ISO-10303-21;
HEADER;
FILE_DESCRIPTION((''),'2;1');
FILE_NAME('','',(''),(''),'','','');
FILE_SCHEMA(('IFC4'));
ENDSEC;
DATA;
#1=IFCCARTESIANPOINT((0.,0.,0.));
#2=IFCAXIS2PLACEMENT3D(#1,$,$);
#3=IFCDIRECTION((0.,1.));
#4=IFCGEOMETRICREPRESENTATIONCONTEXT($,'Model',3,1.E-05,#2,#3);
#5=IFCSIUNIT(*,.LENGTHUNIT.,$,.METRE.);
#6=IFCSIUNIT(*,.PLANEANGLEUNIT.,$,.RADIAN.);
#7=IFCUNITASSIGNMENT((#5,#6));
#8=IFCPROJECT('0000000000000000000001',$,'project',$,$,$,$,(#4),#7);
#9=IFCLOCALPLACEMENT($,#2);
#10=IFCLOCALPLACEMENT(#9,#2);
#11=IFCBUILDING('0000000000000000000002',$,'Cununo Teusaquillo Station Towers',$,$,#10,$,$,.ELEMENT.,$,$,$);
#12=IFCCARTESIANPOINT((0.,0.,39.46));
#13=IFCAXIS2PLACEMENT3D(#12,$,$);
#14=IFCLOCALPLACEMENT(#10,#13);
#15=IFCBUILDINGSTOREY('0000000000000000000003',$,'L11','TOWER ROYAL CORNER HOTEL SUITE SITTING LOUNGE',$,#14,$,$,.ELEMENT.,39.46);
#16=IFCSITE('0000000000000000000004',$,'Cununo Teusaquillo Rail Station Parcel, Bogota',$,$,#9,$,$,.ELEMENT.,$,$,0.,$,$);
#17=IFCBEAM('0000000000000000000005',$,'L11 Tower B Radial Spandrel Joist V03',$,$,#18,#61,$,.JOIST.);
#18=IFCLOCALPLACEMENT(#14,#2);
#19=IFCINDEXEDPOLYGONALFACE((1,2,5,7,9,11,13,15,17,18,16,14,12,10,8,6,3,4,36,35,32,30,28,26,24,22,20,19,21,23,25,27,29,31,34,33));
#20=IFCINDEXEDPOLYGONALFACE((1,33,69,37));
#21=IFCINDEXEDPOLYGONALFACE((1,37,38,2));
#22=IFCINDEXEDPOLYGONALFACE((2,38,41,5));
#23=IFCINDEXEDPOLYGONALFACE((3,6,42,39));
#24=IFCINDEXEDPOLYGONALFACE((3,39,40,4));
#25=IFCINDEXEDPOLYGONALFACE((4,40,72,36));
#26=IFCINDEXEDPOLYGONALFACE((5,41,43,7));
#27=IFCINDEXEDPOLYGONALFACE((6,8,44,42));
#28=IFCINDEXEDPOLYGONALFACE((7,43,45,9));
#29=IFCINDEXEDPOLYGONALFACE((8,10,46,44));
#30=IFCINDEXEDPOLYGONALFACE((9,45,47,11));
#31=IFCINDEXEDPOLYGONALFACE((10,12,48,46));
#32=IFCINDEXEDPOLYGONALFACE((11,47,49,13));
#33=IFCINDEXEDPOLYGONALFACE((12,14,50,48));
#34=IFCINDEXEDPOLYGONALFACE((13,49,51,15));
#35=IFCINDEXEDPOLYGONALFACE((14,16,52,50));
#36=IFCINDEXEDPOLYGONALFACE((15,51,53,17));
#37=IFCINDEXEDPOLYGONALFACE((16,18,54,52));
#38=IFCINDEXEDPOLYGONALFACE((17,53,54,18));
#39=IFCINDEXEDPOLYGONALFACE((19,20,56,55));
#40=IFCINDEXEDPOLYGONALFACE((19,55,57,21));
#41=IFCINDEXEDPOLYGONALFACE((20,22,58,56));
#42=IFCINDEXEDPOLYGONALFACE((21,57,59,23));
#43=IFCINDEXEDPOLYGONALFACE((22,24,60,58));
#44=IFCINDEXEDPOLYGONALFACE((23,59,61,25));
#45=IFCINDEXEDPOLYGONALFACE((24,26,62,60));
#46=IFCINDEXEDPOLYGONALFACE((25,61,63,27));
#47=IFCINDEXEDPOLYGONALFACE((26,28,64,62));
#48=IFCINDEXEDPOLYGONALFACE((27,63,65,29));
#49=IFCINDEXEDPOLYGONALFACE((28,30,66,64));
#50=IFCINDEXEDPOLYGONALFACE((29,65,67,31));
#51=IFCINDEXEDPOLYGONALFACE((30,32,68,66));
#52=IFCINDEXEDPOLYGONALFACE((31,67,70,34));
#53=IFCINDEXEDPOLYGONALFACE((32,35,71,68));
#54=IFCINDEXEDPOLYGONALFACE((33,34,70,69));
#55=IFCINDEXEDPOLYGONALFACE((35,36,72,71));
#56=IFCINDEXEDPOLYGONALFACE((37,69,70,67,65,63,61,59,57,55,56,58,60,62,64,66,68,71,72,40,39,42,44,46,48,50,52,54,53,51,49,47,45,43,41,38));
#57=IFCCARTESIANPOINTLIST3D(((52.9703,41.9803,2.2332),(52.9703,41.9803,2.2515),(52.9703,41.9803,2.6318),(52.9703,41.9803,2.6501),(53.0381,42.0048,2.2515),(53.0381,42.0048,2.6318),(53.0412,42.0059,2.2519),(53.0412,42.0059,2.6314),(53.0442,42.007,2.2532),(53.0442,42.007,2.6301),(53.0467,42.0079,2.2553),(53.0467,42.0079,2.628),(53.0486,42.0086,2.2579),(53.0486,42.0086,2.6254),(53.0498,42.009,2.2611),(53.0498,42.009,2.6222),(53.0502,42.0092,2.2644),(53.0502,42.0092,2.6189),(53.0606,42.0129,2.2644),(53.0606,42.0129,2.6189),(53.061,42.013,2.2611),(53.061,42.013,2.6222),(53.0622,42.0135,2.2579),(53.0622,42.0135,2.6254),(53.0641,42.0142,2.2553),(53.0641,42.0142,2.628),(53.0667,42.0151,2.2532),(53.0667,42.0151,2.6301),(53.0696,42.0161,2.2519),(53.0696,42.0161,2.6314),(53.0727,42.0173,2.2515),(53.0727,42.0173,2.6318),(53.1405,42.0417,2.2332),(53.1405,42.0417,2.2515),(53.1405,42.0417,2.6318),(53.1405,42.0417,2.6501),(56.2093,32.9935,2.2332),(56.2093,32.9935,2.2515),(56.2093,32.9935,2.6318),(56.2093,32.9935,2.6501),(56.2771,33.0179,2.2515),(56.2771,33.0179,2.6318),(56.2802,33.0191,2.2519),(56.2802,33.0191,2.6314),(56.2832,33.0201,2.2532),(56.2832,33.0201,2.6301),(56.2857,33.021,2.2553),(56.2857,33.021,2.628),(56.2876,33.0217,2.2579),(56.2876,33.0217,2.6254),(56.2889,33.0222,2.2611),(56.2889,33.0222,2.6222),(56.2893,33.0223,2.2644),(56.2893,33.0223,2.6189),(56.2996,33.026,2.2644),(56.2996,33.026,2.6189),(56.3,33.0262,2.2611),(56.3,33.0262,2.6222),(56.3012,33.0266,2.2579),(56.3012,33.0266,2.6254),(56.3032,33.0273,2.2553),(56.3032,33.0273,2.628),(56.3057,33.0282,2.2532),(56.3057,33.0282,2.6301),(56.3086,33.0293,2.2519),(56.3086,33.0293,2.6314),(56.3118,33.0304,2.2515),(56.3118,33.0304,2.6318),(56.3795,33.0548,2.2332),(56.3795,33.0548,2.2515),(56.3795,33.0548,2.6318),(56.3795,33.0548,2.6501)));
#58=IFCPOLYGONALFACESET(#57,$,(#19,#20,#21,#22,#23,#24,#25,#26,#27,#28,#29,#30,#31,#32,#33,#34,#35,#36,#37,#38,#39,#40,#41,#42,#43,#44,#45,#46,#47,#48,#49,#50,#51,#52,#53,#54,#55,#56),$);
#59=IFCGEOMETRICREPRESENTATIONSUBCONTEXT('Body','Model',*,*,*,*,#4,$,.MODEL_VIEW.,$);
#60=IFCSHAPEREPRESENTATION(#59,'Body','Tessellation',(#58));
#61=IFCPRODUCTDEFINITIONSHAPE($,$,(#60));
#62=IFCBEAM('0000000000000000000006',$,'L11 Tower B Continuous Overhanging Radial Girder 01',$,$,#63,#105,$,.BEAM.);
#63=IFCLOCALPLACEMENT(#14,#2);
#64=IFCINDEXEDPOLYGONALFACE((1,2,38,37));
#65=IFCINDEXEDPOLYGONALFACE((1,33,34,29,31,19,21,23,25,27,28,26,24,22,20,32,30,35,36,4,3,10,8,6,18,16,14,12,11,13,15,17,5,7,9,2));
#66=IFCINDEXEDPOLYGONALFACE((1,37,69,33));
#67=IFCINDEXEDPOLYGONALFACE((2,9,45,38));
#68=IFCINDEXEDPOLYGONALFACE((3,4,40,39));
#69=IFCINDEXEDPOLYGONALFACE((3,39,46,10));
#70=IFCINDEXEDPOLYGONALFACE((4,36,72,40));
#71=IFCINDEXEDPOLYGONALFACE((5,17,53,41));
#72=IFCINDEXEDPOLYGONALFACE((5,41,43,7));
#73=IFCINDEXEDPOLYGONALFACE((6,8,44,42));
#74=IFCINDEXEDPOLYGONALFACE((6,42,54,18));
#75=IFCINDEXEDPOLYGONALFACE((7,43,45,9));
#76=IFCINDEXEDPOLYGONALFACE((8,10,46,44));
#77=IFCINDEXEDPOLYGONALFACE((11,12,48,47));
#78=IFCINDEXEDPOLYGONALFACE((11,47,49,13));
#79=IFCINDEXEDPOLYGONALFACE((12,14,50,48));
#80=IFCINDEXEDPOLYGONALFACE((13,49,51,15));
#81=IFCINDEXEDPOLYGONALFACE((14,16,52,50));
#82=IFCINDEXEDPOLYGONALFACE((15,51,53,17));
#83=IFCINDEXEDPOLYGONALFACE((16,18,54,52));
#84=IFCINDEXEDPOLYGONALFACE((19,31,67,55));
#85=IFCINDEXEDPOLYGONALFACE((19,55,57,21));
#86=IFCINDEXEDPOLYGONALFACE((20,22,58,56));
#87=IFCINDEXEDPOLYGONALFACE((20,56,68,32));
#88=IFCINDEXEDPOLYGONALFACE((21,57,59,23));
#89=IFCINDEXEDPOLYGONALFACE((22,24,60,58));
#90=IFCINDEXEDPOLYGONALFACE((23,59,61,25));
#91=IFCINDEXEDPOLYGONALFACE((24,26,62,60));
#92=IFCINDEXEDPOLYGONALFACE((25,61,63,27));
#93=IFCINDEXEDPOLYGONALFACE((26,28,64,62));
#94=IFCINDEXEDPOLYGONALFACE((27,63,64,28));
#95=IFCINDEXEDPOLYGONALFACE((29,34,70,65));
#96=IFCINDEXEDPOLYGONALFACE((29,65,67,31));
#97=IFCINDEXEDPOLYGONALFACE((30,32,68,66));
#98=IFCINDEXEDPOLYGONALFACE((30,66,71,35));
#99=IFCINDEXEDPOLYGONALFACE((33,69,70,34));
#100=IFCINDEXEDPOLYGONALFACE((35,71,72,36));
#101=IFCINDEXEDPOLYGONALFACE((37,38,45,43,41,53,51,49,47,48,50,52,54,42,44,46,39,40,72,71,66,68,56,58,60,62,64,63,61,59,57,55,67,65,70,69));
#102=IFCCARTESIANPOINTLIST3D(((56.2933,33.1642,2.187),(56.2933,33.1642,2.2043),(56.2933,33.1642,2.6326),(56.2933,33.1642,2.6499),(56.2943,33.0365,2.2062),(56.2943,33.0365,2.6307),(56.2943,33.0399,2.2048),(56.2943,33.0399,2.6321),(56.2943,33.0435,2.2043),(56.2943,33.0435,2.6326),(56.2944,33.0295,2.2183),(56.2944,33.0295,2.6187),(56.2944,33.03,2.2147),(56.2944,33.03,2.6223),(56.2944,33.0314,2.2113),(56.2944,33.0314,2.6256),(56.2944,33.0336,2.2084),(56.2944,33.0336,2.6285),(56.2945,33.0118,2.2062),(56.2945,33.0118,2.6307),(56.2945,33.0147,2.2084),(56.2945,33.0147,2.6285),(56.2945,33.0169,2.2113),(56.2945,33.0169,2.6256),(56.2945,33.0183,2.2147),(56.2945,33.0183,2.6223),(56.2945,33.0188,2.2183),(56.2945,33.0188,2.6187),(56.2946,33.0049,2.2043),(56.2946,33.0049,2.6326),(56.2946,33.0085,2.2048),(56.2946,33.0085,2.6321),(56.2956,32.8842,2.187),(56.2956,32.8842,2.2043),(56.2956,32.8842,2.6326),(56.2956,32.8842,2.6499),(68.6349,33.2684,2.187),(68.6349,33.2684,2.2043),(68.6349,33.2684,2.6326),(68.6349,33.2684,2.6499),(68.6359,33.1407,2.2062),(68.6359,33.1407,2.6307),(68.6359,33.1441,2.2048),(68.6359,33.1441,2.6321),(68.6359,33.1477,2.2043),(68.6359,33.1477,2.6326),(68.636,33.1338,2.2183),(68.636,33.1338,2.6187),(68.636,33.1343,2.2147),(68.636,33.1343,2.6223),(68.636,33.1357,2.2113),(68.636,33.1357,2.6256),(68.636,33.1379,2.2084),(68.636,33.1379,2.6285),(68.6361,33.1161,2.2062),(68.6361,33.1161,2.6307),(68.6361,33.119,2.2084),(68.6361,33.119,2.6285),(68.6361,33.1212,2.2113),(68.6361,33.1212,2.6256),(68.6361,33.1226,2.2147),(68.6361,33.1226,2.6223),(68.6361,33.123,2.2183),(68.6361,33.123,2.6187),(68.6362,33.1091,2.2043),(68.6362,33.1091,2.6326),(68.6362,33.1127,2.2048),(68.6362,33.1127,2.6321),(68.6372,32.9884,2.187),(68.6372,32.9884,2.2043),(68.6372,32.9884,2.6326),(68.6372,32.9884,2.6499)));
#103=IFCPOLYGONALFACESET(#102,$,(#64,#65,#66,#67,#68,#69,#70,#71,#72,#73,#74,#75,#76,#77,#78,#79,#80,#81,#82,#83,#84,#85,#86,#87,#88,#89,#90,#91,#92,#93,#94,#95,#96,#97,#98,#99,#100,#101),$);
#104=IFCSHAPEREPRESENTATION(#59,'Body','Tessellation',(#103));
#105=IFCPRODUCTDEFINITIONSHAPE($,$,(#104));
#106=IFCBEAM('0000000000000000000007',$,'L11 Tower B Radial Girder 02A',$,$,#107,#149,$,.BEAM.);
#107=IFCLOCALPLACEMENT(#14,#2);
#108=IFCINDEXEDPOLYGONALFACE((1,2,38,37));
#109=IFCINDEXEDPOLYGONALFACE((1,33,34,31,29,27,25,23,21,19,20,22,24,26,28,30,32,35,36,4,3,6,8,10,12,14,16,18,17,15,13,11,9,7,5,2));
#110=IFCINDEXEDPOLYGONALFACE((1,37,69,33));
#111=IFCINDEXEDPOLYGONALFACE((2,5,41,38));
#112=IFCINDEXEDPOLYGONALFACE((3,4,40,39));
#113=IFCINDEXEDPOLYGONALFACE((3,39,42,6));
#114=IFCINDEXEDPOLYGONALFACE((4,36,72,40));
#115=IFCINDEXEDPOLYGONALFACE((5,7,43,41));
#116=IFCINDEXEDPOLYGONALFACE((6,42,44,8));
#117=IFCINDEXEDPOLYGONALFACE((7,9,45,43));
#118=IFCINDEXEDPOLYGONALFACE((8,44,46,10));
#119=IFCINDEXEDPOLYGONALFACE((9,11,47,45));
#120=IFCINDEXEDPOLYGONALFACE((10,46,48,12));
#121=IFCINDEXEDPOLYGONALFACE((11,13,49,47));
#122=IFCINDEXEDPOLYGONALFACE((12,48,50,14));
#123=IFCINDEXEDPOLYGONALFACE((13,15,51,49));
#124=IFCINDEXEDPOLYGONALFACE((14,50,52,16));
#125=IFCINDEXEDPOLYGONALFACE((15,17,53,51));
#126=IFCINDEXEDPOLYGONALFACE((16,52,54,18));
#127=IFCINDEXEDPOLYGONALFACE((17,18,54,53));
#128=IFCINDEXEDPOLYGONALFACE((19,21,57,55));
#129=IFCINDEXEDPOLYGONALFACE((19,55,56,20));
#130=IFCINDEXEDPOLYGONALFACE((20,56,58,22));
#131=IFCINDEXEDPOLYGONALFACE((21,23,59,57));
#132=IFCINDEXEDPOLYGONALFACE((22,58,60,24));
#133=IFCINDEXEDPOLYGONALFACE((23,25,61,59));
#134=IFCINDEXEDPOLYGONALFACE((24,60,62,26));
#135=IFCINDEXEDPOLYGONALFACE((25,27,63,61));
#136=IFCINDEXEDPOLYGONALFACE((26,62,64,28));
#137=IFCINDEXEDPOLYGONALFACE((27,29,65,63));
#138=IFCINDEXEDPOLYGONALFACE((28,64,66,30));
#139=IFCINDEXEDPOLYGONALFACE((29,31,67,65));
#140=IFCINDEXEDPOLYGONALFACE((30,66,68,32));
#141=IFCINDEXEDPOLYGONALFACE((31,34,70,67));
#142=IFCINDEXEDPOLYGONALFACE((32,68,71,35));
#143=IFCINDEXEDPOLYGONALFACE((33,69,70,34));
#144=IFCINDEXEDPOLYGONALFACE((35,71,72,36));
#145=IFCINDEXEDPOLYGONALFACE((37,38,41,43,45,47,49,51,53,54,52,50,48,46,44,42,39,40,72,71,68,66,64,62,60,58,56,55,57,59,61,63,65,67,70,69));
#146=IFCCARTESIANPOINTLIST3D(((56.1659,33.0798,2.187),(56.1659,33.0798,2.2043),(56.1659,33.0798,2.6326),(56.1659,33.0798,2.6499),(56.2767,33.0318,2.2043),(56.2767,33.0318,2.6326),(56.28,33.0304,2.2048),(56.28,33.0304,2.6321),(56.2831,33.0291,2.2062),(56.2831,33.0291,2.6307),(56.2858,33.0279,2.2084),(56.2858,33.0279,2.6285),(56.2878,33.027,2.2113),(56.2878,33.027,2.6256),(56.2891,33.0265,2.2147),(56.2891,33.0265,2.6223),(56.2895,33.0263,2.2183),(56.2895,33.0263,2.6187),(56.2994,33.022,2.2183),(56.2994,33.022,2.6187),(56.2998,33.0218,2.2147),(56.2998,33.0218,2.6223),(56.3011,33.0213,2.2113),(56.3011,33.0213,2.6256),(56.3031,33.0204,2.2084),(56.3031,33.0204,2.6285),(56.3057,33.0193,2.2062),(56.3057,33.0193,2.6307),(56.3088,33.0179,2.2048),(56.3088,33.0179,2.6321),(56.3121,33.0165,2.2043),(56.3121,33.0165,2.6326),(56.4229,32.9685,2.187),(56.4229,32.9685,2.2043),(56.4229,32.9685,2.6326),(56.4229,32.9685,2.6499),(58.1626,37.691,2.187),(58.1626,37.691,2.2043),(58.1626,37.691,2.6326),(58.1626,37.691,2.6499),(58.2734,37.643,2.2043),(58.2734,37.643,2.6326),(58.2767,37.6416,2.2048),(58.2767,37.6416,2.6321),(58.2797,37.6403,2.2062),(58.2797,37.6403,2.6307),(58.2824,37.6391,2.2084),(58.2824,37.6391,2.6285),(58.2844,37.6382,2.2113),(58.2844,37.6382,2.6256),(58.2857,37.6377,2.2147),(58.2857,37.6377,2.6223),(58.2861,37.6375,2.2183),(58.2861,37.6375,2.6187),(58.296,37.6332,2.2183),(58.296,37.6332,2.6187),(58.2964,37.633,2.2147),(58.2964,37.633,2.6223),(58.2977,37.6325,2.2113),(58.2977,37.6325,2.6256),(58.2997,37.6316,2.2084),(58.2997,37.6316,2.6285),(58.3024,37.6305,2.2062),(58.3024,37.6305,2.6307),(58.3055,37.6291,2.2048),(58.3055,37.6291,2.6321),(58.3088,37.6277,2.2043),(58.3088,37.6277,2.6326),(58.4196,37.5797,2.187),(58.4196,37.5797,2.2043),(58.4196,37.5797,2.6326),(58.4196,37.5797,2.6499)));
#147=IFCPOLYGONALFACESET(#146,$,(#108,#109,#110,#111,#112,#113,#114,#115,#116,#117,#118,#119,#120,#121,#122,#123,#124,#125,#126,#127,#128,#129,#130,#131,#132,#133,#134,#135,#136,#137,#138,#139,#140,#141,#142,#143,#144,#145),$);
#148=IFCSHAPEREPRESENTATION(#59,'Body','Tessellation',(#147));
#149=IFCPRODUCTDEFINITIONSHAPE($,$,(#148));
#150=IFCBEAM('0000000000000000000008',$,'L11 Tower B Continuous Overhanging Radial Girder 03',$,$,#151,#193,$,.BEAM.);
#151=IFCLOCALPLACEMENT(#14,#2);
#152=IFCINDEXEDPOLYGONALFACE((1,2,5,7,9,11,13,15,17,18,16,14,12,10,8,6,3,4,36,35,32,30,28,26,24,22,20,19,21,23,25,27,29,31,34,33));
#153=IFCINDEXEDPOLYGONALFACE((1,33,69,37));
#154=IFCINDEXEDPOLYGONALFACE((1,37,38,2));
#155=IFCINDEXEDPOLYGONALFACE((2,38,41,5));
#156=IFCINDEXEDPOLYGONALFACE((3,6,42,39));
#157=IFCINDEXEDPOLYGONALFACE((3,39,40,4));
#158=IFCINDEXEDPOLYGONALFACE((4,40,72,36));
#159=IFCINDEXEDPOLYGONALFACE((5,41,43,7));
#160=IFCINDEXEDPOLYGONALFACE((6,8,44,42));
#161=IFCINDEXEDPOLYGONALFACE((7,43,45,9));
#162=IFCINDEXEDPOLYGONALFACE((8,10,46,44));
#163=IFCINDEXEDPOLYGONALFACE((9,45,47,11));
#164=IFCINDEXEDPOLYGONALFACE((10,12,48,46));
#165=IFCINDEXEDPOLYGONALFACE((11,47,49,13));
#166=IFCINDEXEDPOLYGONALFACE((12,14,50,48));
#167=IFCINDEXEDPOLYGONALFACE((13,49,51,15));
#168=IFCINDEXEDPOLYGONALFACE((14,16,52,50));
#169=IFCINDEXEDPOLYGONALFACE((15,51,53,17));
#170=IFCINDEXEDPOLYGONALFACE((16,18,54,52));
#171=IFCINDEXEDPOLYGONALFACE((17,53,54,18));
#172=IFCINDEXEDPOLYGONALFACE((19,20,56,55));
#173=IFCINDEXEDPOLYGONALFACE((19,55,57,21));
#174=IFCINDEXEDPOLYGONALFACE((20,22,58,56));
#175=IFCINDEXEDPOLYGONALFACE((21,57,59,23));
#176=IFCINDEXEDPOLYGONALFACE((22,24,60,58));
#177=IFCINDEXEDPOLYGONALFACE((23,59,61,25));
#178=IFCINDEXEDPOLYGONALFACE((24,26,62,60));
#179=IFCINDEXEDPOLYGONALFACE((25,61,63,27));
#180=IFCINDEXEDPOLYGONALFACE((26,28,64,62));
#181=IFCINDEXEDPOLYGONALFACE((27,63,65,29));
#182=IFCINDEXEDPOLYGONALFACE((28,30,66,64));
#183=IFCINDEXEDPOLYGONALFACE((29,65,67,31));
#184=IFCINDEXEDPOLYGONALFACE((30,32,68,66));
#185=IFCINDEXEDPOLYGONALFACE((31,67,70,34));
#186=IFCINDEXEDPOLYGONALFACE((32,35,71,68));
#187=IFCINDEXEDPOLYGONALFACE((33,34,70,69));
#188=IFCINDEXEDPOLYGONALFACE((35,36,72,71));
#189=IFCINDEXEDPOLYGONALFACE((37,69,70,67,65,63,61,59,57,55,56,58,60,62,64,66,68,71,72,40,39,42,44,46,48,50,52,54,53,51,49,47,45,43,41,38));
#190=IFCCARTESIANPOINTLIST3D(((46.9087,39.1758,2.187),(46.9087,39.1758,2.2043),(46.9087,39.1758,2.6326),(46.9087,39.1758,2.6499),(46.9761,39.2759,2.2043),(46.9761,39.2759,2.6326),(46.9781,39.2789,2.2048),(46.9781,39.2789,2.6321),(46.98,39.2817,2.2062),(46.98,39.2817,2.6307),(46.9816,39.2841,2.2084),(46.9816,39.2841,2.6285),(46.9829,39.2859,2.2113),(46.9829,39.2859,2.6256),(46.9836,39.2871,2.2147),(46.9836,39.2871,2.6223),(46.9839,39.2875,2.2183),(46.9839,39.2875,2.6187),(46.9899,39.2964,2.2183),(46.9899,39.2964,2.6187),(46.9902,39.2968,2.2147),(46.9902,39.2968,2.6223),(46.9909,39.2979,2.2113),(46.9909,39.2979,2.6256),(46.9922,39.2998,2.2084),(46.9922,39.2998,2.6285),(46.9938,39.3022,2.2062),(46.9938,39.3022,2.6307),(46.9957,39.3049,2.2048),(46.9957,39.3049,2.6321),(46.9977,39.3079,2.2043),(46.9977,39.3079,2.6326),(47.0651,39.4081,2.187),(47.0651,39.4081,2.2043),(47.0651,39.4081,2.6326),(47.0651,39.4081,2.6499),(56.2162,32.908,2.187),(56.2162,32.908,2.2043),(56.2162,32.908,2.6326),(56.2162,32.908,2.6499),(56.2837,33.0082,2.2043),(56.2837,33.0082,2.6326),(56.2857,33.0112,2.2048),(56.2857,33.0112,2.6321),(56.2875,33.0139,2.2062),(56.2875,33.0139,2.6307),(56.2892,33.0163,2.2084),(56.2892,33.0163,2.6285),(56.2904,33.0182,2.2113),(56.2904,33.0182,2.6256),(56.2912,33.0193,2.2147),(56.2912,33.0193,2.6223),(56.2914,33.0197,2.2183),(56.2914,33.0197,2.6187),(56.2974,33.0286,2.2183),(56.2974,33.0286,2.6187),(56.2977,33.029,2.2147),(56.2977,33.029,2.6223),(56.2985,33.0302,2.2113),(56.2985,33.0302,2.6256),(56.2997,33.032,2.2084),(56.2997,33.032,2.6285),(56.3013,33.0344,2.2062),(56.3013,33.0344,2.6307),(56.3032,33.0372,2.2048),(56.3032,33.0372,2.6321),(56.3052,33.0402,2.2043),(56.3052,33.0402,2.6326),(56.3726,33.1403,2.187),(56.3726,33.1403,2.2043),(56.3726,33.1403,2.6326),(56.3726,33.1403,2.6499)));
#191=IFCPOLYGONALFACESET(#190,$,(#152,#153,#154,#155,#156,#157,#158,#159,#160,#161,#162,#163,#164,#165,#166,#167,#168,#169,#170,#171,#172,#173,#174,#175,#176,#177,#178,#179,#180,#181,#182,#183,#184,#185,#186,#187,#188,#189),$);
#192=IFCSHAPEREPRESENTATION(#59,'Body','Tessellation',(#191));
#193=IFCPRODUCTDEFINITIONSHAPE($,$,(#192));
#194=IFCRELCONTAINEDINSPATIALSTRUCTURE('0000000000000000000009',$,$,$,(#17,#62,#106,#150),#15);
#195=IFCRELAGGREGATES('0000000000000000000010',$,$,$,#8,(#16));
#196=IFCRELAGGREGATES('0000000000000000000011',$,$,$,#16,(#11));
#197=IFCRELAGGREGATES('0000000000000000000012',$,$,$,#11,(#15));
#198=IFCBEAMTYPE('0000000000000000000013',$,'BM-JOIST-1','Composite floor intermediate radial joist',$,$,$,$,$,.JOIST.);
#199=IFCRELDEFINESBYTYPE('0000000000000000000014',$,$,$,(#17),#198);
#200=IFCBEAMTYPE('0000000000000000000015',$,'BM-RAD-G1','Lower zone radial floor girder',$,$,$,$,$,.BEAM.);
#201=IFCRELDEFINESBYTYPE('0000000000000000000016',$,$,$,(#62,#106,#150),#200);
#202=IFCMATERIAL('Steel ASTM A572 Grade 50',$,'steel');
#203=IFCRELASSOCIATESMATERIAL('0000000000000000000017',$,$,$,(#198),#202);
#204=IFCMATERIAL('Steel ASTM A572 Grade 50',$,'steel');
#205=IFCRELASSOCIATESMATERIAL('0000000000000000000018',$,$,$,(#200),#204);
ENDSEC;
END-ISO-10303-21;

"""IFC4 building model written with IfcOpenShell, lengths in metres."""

from ifc_helpers import new_model, si_unit, direction, frame, origin, origin_2d, place, context, subcontext, project, spatial, i_section, extrude, material, material_profile, profile_set, type_object, element, save


model = new_model("IFC4")

# Units and contexts
model_context = context("Model", 3, precision=1e-05, world=origin(), true_north=direction((0.0, 1.0)))
body_context = subcontext(model_context, "Body", "Model", "MODEL_VIEW")
ifc_project = project(units=[si_unit("LENGTHUNIT", "METRE"), si_unit("PLANEANGLEUNIT", "RADIAN")], contexts=[model_context])

# Site, building, storey
site_placement = place(None, origin())
site = spatial("IfcSite", under=ifc_project, at=site_placement, Name="Cununo Teusaquillo Rail Station Parcel, Bogota", CompositionType="ELEMENT", RefElevation=0.0)
building_placement = place(site_placement, origin())
building = spatial("IfcBuilding", under=site, at=building_placement, Name="Cununo Teusaquillo Station Towers", CompositionType="ELEMENT")
storey_placement = place(building_placement, frame((0.0, 0.0, 39.46)))
storey = spatial("IfcBuildingStorey", under=building, at=storey_placement, Name="L11", Description="TOWER ROYAL CORNER HOTEL SUITE SITTING LOUNGE", CompositionType="ELEMENT", Elevation=39.46)

# Beams
ifc_material_1 = material(Name="Steel ASTM A572 Grade 50", Category="steel")
ifc_material_profile_1 = material_profile(ifc_material_1, i_section(OverallWidth=0.1809, OverallDepth=0.417, WebThickness=0.011, FlangeThickness=0.0183, FilletRadius=0.0129, at=origin_2d()), Name="W16X57")
ifc_profile_set_1 = profile_set([ifc_material_profile_1], Name="Steel ASTM A572 Grade 50")
beam_type_1 = type_object("IfcBeamType", Name="BM-JOIST-1", Description="Composite floor intermediate radial joist", PredefinedType="JOIST", material=ifc_profile_set_1)
beam_1_placement = place(storey_placement, frame((56.2944, 33.0242, 2.4417), z_axis=(-0.339068, 0.940762, 0.0), x_axis=(-0.940762, -0.339068, 0.0)))
element("IfcBeam", 1, at=beam_1_placement, inside=storey, type_object=beam_type_1, Name="L11 Tower B Radial Spandrel Joist V03", PredefinedType="JOIST", context=body_context, shape_type="SweptSolid", body=[
    extrude(i_section(OverallWidth=0.1809, OverallDepth=0.417, WebThickness=0.011, FlangeThickness=0.0183, FilletRadius=0.0129, at=origin_2d()), origin(), (0.0, 0.0, 1.0), 9.5527),
])
ifc_material_2 = material(Name="Steel ASTM A572 Grade 50", Category="steel")
ifc_material_profile_2 = material_profile(ifc_material_2, i_section(OverallWidth=0.28, OverallDepth=0.4629, WebThickness=0.0107, FlangeThickness=0.0173, FilletRadius=0.0139, at=origin_2d()), Name="W18X76")
ifc_profile_set_2 = profile_set([ifc_material_profile_2], Name="Steel ASTM A572 Grade 50")
beam_type_2 = type_object("IfcBeamType", Name="BM-RAD-G1", Description="Lower zone radial floor girder", PredefinedType="BEAM", material=ifc_profile_set_2)
beam_2_placement = place(storey_placement, frame((56.2944, 33.0242, 2.4185), z_axis=(0.999964, 0.008447, 0.0), x_axis=(-0.008447, 0.999964, 0.0)))
element("IfcBeam", 2, at=beam_2_placement, inside=storey, type_object=beam_type_2, Name="L11 Tower B Continuous Overhanging Radial Girder 01", PredefinedType="BEAM", context=body_context, shape_type="SweptSolid", body=[
    extrude(i_section(OverallWidth=0.28, OverallDepth=0.4629, WebThickness=0.0107, FlangeThickness=0.0173, FilletRadius=0.0139, at=origin_2d()), origin(), (0.0, 0.0, 1.0), 12.342),
])
beam_3_placement = place(storey_placement, frame((56.2944, 33.0242, 2.4185), z_axis=(0.397347, 0.917668, 0.0), x_axis=(-0.917668, 0.397347, 0.0)))
element("IfcBeam", 3, at=beam_3_placement, inside=storey, type_object=beam_type_2, Name="L11 Tower B Radial Girder 02A", PredefinedType="BEAM", context=body_context, shape_type="SweptSolid", body=[
    extrude(i_section(OverallWidth=0.28, OverallDepth=0.4629, WebThickness=0.0107, FlangeThickness=0.0173, FilletRadius=0.0139, at=origin_2d()), origin(), (0.0, 0.0, 1.0), 5.0249),
])
beam_4_placement = place(storey_placement, frame((56.2944, 33.0242, 2.4185), z_axis=(-0.829461, 0.558565, 0.0), x_axis=(-0.558565, -0.829461, 0.0)))
element("IfcBeam", 4, at=beam_4_placement, inside=storey, type_object=beam_type_2, Name="L11 Tower B Continuous Overhanging Radial Girder 03", PredefinedType="BEAM", context=body_context, shape_type="SweptSolid", body=[
    extrude(i_section(OverallWidth=0.28, OverallDepth=0.4629, WebThickness=0.0107, FlangeThickness=0.0173, FilletRadius=0.0139, at=origin_2d()), origin(), (0.0, 0.0, 1.0), 11.2212),
])

save(model, "model.ifc")
